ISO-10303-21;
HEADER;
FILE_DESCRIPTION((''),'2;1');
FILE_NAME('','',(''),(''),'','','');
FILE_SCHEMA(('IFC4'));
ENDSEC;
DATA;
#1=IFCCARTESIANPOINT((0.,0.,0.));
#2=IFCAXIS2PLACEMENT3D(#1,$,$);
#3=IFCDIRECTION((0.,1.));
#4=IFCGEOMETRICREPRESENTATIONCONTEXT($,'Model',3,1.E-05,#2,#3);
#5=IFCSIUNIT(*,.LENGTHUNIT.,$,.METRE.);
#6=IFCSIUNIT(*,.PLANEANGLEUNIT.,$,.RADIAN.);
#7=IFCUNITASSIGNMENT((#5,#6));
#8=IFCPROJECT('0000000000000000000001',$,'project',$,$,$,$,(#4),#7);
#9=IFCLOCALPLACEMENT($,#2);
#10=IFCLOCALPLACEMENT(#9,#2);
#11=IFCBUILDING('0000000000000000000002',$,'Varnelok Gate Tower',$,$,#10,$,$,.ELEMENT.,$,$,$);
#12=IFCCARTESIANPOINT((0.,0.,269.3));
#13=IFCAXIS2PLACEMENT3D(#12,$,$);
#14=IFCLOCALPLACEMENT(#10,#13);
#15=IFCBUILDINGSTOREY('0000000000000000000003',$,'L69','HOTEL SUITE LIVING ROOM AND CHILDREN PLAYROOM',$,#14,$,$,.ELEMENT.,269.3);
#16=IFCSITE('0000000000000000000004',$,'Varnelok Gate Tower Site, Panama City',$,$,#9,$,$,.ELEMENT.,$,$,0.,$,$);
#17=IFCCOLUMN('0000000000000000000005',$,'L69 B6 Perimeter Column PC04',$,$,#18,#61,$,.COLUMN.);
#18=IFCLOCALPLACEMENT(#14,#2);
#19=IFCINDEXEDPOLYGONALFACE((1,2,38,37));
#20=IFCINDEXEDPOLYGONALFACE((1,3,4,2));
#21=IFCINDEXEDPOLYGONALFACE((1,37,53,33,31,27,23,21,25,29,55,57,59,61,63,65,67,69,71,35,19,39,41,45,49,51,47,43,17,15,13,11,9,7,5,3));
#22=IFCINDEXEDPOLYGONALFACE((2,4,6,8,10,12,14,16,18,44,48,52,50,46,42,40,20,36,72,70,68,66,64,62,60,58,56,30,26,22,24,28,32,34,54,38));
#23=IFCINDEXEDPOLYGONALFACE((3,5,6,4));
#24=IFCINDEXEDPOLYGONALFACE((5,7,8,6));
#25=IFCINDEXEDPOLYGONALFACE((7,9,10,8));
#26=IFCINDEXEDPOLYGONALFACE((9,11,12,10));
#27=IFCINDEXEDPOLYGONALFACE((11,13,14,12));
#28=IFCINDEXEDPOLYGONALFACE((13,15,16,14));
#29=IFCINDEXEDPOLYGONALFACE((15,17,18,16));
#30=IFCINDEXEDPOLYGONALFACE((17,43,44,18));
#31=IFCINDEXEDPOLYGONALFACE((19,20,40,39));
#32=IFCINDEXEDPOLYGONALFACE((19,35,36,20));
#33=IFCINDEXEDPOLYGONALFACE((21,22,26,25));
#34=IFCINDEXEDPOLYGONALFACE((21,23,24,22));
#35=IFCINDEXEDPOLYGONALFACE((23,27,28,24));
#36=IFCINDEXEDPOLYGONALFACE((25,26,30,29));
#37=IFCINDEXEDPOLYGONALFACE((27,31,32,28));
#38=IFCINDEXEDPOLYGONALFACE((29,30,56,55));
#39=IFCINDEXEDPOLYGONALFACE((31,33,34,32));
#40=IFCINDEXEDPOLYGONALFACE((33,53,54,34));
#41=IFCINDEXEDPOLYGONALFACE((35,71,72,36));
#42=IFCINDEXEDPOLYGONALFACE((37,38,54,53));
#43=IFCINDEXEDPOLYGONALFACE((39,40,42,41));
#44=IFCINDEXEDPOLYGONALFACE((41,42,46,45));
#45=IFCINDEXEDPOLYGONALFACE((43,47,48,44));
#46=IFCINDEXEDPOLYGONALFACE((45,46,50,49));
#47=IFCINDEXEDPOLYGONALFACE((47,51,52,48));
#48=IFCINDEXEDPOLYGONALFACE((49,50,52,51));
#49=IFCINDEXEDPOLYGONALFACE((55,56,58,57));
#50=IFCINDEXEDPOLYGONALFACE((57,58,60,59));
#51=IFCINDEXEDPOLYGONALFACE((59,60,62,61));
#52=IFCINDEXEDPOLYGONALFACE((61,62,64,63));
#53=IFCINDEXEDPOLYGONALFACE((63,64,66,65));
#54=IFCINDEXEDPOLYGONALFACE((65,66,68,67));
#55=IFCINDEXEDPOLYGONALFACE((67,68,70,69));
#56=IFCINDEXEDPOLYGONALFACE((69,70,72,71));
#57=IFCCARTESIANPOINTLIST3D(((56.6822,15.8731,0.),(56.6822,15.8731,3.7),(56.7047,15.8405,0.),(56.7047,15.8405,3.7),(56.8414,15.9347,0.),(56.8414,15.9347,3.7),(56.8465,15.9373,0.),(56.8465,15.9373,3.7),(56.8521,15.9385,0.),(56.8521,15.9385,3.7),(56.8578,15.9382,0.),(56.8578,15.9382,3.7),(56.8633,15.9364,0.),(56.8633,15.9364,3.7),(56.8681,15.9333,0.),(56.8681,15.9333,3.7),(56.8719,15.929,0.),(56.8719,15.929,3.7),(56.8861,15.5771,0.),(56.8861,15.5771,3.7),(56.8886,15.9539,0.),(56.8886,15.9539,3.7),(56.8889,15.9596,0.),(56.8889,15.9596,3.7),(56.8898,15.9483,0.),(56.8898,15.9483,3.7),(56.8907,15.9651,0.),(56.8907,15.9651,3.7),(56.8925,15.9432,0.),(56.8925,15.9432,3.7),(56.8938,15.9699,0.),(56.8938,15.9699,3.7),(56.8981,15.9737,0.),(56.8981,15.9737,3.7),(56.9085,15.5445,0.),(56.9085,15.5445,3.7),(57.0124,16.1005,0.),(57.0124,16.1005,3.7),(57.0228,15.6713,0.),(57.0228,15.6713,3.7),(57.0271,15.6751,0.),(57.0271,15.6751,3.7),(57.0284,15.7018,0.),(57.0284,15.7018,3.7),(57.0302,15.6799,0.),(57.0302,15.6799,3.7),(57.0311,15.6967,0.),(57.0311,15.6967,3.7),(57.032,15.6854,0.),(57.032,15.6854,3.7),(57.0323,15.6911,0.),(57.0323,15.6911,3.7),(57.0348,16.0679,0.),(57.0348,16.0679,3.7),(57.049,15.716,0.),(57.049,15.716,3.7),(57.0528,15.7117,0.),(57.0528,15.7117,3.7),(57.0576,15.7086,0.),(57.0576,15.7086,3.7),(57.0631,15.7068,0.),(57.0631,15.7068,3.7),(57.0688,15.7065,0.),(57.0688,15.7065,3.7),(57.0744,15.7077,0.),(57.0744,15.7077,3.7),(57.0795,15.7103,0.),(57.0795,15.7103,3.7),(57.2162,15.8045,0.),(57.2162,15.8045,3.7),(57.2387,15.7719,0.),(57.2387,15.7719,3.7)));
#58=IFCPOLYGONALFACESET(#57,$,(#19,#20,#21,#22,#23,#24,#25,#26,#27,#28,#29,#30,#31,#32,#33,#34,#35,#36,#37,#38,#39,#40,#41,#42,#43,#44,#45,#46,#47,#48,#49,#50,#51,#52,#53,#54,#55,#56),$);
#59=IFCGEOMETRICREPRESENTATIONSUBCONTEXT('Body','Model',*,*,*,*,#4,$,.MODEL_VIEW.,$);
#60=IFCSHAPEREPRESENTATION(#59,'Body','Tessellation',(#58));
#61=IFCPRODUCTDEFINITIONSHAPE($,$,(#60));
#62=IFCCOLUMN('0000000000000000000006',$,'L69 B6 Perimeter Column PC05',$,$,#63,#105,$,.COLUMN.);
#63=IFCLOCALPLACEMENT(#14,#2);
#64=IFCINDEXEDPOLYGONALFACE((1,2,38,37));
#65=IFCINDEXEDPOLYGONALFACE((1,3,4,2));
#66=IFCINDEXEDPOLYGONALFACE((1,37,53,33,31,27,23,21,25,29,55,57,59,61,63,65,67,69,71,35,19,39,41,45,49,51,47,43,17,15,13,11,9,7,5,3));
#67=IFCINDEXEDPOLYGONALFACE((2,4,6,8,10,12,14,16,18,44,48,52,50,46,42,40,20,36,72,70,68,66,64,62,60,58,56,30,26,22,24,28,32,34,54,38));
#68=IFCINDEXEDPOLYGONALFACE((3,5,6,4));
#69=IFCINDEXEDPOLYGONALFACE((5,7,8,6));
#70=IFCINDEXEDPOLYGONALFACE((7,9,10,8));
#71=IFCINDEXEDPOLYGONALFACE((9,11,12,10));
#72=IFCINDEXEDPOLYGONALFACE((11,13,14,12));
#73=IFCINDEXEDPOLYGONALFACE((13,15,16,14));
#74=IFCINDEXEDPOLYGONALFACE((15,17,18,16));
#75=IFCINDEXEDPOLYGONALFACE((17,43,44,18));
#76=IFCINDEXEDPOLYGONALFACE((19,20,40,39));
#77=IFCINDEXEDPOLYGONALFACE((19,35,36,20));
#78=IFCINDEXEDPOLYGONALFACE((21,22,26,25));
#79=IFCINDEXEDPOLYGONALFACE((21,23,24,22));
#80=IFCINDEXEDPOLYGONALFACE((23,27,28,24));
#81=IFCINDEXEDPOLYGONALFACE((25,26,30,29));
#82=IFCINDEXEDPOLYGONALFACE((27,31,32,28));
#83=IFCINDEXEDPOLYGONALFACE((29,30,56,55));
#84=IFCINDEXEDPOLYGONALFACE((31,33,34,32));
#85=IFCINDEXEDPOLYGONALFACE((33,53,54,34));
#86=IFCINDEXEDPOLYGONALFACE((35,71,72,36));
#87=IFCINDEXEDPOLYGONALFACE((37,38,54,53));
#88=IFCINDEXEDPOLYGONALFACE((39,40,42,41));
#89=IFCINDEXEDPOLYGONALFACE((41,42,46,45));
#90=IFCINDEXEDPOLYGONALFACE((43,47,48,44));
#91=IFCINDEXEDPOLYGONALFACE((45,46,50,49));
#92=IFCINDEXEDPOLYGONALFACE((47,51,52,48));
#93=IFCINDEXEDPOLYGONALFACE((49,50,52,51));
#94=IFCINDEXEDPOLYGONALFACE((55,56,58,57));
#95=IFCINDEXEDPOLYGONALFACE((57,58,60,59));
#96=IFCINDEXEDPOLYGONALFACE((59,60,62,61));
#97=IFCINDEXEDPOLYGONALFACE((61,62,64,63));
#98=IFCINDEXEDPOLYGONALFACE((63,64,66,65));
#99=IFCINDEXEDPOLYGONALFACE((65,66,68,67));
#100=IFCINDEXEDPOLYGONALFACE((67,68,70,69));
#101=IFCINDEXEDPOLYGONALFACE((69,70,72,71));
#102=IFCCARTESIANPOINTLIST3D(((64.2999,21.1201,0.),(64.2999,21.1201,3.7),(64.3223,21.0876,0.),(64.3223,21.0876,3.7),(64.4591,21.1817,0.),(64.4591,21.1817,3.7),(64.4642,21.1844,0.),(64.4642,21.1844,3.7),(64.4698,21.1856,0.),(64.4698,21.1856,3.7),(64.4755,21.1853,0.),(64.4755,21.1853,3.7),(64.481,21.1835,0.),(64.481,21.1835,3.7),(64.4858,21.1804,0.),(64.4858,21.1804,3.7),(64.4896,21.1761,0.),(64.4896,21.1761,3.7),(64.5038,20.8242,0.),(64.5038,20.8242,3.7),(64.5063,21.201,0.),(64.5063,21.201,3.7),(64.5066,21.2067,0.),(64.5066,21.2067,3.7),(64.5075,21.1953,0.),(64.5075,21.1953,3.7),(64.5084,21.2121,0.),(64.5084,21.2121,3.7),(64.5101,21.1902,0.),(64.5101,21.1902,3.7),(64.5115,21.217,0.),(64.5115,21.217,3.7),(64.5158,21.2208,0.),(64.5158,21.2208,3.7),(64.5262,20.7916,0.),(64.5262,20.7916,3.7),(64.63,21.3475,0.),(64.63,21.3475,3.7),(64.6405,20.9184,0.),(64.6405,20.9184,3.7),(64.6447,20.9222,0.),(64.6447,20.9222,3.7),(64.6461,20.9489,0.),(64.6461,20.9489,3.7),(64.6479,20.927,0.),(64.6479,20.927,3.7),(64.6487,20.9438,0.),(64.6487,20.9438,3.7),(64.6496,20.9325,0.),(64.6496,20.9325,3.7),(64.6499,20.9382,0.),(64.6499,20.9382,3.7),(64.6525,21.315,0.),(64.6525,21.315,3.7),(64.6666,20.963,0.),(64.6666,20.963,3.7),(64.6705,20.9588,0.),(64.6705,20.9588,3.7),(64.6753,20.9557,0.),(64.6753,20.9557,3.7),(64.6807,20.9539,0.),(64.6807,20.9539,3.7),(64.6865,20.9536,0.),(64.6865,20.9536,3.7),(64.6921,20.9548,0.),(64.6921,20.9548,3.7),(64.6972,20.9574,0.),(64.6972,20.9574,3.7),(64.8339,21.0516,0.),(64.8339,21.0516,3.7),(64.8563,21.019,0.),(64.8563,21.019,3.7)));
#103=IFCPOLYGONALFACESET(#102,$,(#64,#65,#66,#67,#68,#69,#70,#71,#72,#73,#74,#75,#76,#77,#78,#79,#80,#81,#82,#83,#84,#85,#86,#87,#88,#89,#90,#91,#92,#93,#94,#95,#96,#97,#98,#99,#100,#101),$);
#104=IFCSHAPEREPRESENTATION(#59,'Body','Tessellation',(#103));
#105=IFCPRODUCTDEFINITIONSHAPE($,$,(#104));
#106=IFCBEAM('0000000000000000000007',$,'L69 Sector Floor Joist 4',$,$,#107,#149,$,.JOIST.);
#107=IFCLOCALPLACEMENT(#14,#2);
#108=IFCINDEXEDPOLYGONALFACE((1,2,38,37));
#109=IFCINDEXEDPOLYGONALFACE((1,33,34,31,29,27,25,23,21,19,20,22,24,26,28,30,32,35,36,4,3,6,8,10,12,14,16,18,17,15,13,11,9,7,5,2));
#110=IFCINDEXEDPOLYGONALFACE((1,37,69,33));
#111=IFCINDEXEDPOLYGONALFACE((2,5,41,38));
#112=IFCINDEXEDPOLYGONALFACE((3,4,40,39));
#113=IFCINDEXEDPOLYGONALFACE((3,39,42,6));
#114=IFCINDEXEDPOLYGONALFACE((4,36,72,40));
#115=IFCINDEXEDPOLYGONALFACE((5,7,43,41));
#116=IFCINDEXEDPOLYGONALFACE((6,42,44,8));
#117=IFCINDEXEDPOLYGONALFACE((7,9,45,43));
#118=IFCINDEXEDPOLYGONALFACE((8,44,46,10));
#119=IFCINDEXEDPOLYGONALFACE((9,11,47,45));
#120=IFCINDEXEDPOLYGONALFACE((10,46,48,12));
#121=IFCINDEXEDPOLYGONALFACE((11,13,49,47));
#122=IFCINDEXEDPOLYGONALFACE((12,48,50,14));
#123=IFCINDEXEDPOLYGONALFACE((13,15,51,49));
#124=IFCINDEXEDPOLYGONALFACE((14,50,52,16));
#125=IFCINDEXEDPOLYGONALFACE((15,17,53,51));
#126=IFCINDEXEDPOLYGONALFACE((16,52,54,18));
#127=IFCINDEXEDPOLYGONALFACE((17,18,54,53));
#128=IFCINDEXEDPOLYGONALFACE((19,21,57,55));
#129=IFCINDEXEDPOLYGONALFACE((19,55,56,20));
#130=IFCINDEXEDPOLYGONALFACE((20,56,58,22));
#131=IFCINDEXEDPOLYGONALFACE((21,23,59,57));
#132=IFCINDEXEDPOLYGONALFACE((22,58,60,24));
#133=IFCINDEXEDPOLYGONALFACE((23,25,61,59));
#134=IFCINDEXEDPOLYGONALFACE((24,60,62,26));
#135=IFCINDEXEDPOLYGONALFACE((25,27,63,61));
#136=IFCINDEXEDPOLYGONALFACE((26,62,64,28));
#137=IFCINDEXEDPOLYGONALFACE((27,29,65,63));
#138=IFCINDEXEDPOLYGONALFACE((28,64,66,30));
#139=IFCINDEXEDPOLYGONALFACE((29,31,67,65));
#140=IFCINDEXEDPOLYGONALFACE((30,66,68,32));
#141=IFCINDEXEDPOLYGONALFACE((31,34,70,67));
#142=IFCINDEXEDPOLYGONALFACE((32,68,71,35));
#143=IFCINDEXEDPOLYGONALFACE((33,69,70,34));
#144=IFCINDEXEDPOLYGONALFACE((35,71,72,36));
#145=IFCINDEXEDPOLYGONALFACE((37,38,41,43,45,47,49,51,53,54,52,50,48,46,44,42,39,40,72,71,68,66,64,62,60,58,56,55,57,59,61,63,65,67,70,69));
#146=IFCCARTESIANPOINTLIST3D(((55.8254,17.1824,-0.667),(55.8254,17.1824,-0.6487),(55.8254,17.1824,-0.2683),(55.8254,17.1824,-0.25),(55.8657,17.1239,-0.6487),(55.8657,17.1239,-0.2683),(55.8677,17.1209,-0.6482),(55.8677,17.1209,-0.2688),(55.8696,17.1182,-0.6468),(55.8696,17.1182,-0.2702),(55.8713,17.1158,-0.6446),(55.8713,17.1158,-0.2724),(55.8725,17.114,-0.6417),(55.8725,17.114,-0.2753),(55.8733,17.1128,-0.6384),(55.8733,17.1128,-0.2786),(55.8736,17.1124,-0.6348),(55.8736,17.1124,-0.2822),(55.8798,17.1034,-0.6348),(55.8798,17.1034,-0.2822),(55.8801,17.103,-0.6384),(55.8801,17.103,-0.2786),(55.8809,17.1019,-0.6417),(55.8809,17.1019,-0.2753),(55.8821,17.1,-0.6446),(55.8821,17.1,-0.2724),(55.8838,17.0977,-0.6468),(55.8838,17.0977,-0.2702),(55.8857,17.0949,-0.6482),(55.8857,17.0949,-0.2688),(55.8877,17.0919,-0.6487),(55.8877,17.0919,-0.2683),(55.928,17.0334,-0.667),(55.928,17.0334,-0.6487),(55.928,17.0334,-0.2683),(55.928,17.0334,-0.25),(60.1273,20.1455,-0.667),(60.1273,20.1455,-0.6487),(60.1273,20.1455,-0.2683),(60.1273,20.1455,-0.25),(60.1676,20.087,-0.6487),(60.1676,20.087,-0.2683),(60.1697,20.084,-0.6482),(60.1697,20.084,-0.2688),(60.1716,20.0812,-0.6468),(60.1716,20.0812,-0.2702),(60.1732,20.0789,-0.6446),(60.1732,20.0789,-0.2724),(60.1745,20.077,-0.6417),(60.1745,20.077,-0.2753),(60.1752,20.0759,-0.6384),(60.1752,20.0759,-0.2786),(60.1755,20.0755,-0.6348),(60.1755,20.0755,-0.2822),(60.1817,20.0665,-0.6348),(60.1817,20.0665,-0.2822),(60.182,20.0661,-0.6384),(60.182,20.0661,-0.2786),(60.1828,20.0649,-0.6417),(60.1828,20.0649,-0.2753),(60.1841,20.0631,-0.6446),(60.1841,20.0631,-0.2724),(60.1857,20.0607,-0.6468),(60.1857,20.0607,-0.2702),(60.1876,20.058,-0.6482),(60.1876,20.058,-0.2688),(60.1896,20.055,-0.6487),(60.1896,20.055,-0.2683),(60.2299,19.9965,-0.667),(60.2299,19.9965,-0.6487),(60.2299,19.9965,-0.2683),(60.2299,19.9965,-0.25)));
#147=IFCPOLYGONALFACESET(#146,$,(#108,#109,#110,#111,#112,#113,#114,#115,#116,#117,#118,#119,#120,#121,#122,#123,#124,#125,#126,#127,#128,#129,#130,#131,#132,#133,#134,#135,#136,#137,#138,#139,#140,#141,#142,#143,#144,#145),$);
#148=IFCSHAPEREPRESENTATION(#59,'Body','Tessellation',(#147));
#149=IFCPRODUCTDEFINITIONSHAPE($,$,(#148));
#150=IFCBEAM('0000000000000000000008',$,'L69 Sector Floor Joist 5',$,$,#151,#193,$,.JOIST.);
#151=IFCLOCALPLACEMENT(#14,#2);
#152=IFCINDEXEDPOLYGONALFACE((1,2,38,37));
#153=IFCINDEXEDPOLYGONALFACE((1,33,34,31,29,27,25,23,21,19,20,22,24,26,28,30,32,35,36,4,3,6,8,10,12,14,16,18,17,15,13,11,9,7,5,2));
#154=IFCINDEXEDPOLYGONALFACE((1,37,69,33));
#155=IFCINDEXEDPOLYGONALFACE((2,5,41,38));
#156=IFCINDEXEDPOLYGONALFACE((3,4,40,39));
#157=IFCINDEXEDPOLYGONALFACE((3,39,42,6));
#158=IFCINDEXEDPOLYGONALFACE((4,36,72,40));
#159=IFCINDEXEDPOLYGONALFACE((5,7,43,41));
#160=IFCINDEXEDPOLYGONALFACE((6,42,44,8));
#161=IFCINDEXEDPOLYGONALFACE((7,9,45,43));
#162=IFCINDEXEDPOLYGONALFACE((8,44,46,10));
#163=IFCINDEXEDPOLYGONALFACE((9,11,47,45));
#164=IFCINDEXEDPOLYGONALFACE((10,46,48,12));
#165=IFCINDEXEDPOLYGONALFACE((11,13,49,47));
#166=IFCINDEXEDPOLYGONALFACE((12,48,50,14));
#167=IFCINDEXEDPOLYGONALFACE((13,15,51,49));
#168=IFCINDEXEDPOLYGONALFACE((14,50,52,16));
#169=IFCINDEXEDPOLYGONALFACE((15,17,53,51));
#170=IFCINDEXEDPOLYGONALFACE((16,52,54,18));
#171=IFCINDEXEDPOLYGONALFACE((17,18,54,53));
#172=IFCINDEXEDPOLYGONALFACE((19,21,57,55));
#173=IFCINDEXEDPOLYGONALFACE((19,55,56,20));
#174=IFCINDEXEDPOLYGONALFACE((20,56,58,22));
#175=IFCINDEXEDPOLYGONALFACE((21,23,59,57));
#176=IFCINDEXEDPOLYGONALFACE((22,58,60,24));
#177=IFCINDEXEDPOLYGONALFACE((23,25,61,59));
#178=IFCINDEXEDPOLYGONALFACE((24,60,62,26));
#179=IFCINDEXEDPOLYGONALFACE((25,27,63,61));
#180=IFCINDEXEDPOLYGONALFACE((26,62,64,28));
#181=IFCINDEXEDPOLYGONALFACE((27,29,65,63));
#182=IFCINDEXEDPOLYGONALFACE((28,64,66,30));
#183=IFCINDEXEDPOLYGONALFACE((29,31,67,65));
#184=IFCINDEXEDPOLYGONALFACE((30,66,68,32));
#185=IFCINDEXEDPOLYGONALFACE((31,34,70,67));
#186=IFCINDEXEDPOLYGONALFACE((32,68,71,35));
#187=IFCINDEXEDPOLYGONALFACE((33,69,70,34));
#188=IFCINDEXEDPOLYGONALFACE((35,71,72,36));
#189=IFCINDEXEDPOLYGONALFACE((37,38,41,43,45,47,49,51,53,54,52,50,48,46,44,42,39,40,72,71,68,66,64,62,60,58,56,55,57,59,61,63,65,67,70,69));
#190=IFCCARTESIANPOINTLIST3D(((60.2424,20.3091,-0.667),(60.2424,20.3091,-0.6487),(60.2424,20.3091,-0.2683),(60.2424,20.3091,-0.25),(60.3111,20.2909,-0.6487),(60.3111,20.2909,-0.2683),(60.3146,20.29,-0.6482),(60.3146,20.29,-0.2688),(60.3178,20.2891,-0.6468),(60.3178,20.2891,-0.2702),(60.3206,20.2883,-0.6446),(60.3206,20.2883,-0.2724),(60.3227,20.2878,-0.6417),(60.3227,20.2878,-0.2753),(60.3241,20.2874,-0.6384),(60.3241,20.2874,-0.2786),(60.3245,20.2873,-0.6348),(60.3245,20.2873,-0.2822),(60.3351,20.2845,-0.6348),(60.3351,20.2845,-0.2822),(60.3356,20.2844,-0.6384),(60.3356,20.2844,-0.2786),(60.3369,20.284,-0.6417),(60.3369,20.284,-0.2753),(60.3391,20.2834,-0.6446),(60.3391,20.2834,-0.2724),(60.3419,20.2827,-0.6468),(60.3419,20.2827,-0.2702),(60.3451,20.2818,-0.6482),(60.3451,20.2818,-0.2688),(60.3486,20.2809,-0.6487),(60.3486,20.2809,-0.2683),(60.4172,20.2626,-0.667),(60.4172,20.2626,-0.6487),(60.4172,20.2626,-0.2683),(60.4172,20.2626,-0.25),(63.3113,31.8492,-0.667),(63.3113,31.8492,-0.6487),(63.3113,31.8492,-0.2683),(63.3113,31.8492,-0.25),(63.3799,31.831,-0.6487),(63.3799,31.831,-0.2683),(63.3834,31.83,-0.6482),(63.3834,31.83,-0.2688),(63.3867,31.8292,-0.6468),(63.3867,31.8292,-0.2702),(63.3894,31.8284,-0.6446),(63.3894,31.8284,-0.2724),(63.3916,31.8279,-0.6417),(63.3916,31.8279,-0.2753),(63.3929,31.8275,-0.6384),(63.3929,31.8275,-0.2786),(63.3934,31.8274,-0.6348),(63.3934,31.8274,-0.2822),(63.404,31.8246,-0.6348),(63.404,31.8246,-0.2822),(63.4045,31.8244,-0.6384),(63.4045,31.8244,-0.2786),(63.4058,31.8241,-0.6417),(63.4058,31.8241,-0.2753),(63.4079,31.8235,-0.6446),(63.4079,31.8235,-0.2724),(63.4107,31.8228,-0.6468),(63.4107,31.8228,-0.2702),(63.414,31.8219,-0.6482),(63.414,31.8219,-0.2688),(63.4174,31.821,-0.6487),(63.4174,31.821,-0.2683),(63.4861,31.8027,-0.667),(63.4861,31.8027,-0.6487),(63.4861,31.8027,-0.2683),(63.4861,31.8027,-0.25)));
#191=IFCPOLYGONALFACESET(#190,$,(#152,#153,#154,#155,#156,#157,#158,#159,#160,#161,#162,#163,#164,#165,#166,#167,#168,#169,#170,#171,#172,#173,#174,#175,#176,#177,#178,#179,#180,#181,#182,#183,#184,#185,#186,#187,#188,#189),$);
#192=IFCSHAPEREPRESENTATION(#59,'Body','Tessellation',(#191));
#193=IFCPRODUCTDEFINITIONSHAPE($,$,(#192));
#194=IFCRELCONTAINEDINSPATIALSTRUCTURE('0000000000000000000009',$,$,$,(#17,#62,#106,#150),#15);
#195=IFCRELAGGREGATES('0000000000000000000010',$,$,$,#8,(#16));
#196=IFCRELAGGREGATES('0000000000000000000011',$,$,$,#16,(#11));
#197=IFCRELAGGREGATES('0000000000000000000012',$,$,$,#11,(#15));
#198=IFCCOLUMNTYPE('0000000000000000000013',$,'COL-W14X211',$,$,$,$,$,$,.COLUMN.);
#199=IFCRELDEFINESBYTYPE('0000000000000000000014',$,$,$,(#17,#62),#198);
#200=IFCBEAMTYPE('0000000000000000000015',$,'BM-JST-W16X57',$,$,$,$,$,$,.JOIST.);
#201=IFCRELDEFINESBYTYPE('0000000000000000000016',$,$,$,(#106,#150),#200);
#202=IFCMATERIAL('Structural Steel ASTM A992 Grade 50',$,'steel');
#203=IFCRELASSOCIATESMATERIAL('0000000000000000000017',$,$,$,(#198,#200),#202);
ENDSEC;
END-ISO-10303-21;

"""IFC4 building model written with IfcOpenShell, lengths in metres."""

from ifc_helpers import new_model, si_unit, direction, frame, origin, origin_2d, place, context, subcontext, project, spatial, i_section, extrude, material, material_profile, profile_set, type_object, element, save


model = new_model("IFC4")

# Units and contexts
model_context = context("Model", 3, precision=1e-05, world=origin(), true_north=direction((0.0, 1.0)))
body_context = subcontext(model_context, "Body", "Model", "MODEL_VIEW")
ifc_project = project(units=[si_unit("LENGTHUNIT", "METRE"), si_unit("PLANEANGLEUNIT", "RADIAN")], contexts=[model_context])

# Site, building, storey
site_placement = place(None, origin())
site = spatial("IfcSite", under=ifc_project, at=site_placement, Name="Varnelok Gate Tower Site, Panama City", CompositionType="ELEMENT", RefElevation=0.0)
building_placement = place(site_placement, origin())
building = spatial("IfcBuilding", under=site, at=building_placement, Name="Varnelok Gate Tower", CompositionType="ELEMENT")
storey_placement = place(building_placement, frame((0.0, 0.0, 269.3)))
storey = spatial("IfcBuildingStorey", under=building, at=storey_placement, Name="L69", Description="HOTEL SUITE LIVING ROOM AND CHILDREN PLAYROOM", CompositionType="ELEMENT", Elevation=269.3)

# Columns
ifc_material_1 = material(Name="Structural Steel ASTM A992 Grade 50", Category="steel")
ifc_material_profile_1 = material_profile(ifc_material_1, i_section(OverallWidth=0.4009, OverallDepth=0.3989, WebThickness=0.0249, FlangeThickness=0.0396, FilletRadius=0.022, at=origin_2d()), Name="W14X211")
ifc_profile_set_1 = profile_set([ifc_material_profile_1], Name="Structural Steel ASTM A992 Grade 50")
column_type = type_object("IfcColumnType", Name="COL-W14X211", PredefinedType="COLUMN", material=ifc_profile_set_1)
for number, where, z_axis, x_axis, name in (
    (1, (56.9604, 15.8225, 0.0), (0.0, 0.0, 1.0), (0.823533, 0.567269, 0.0), "L69 B6 Perimeter Column PC04"),
    (2, (64.5781, 21.0696, 0.0), (0.0, 0.0, 1.0), (0.823533, 0.567269, 0.0), "L69 B6 Perimeter Column PC05"),
):
    element("IfcColumn", number, at=place(storey_placement, frame(where, z_axis=z_axis, x_axis=x_axis)), inside=storey, type_object=column_type, Name=name, PredefinedType="COLUMN", context=body_context, shape_type="SweptSolid", body=[
        extrude(i_section(OverallWidth=0.4009, OverallDepth=0.3989, WebThickness=0.0249, FlangeThickness=0.0396, FilletRadius=0.022, at=origin_2d()), origin(), (0.0, 0.0, 1.0), 3.7),
    ])

# Beams
ifc_material_profile_2 = material_profile(ifc_material_1, i_section(OverallWidth=0.1809, OverallDepth=0.417, WebThickness=0.011, FlangeThickness=0.0183, FilletRadius=0.0139, at=origin_2d()), Name="W16X57")
ifc_profile_set_2 = profile_set([ifc_material_profile_2], Name="Structural Steel ASTM A992 Grade 50")
beam_type_1 = type_object("IfcBeamType", Name="BM-JST-W16X57", PredefinedType="JOIST", material=ifc_profile_set_2)
beam_1_placement = place(storey_placement, frame((55.8767, 17.1079, -0.4585), z_axis=(0.823549, 0.567245, 0.0), x_axis=(-0.567245, 0.823549, 0.0)))
element("IfcBeam", 3, at=beam_1_placement, inside=storey, type_object=beam_type_1, Name="L69 Sector Floor Joist 4", PredefinedType="JOIST", context=body_context, shape_type="SweptSolid", body=[
    extrude(i_section(OverallWidth=0.1809, OverallDepth=0.417, WebThickness=0.011, FlangeThickness=0.0183, FilletRadius=0.0139, at=origin_2d()), origin(), (0.0, 0.0, 1.0), 5.2236),
])
beam_2_placement = place(storey_placement, frame((60.3298, 20.2859, -0.4585), z_axis=(0.256998, 0.966412, 0.0), x_axis=(-0.966412, 0.256998, 0.0)))
element("IfcBeam", 4, at=beam_2_placement, inside=storey, type_object=beam_type_1, Name="L69 Sector Floor Joist 5", PredefinedType="JOIST", context=body_context, shape_type="SweptSolid", body=[
    extrude(i_section(OverallWidth=0.1809, OverallDepth=0.417, WebThickness=0.011, FlangeThickness=0.0183, FilletRadius=0.0139, at=origin_2d()), origin(), (0.0, 0.0, 1.0), 11.9412),
])

save(model, "model.ifc")
